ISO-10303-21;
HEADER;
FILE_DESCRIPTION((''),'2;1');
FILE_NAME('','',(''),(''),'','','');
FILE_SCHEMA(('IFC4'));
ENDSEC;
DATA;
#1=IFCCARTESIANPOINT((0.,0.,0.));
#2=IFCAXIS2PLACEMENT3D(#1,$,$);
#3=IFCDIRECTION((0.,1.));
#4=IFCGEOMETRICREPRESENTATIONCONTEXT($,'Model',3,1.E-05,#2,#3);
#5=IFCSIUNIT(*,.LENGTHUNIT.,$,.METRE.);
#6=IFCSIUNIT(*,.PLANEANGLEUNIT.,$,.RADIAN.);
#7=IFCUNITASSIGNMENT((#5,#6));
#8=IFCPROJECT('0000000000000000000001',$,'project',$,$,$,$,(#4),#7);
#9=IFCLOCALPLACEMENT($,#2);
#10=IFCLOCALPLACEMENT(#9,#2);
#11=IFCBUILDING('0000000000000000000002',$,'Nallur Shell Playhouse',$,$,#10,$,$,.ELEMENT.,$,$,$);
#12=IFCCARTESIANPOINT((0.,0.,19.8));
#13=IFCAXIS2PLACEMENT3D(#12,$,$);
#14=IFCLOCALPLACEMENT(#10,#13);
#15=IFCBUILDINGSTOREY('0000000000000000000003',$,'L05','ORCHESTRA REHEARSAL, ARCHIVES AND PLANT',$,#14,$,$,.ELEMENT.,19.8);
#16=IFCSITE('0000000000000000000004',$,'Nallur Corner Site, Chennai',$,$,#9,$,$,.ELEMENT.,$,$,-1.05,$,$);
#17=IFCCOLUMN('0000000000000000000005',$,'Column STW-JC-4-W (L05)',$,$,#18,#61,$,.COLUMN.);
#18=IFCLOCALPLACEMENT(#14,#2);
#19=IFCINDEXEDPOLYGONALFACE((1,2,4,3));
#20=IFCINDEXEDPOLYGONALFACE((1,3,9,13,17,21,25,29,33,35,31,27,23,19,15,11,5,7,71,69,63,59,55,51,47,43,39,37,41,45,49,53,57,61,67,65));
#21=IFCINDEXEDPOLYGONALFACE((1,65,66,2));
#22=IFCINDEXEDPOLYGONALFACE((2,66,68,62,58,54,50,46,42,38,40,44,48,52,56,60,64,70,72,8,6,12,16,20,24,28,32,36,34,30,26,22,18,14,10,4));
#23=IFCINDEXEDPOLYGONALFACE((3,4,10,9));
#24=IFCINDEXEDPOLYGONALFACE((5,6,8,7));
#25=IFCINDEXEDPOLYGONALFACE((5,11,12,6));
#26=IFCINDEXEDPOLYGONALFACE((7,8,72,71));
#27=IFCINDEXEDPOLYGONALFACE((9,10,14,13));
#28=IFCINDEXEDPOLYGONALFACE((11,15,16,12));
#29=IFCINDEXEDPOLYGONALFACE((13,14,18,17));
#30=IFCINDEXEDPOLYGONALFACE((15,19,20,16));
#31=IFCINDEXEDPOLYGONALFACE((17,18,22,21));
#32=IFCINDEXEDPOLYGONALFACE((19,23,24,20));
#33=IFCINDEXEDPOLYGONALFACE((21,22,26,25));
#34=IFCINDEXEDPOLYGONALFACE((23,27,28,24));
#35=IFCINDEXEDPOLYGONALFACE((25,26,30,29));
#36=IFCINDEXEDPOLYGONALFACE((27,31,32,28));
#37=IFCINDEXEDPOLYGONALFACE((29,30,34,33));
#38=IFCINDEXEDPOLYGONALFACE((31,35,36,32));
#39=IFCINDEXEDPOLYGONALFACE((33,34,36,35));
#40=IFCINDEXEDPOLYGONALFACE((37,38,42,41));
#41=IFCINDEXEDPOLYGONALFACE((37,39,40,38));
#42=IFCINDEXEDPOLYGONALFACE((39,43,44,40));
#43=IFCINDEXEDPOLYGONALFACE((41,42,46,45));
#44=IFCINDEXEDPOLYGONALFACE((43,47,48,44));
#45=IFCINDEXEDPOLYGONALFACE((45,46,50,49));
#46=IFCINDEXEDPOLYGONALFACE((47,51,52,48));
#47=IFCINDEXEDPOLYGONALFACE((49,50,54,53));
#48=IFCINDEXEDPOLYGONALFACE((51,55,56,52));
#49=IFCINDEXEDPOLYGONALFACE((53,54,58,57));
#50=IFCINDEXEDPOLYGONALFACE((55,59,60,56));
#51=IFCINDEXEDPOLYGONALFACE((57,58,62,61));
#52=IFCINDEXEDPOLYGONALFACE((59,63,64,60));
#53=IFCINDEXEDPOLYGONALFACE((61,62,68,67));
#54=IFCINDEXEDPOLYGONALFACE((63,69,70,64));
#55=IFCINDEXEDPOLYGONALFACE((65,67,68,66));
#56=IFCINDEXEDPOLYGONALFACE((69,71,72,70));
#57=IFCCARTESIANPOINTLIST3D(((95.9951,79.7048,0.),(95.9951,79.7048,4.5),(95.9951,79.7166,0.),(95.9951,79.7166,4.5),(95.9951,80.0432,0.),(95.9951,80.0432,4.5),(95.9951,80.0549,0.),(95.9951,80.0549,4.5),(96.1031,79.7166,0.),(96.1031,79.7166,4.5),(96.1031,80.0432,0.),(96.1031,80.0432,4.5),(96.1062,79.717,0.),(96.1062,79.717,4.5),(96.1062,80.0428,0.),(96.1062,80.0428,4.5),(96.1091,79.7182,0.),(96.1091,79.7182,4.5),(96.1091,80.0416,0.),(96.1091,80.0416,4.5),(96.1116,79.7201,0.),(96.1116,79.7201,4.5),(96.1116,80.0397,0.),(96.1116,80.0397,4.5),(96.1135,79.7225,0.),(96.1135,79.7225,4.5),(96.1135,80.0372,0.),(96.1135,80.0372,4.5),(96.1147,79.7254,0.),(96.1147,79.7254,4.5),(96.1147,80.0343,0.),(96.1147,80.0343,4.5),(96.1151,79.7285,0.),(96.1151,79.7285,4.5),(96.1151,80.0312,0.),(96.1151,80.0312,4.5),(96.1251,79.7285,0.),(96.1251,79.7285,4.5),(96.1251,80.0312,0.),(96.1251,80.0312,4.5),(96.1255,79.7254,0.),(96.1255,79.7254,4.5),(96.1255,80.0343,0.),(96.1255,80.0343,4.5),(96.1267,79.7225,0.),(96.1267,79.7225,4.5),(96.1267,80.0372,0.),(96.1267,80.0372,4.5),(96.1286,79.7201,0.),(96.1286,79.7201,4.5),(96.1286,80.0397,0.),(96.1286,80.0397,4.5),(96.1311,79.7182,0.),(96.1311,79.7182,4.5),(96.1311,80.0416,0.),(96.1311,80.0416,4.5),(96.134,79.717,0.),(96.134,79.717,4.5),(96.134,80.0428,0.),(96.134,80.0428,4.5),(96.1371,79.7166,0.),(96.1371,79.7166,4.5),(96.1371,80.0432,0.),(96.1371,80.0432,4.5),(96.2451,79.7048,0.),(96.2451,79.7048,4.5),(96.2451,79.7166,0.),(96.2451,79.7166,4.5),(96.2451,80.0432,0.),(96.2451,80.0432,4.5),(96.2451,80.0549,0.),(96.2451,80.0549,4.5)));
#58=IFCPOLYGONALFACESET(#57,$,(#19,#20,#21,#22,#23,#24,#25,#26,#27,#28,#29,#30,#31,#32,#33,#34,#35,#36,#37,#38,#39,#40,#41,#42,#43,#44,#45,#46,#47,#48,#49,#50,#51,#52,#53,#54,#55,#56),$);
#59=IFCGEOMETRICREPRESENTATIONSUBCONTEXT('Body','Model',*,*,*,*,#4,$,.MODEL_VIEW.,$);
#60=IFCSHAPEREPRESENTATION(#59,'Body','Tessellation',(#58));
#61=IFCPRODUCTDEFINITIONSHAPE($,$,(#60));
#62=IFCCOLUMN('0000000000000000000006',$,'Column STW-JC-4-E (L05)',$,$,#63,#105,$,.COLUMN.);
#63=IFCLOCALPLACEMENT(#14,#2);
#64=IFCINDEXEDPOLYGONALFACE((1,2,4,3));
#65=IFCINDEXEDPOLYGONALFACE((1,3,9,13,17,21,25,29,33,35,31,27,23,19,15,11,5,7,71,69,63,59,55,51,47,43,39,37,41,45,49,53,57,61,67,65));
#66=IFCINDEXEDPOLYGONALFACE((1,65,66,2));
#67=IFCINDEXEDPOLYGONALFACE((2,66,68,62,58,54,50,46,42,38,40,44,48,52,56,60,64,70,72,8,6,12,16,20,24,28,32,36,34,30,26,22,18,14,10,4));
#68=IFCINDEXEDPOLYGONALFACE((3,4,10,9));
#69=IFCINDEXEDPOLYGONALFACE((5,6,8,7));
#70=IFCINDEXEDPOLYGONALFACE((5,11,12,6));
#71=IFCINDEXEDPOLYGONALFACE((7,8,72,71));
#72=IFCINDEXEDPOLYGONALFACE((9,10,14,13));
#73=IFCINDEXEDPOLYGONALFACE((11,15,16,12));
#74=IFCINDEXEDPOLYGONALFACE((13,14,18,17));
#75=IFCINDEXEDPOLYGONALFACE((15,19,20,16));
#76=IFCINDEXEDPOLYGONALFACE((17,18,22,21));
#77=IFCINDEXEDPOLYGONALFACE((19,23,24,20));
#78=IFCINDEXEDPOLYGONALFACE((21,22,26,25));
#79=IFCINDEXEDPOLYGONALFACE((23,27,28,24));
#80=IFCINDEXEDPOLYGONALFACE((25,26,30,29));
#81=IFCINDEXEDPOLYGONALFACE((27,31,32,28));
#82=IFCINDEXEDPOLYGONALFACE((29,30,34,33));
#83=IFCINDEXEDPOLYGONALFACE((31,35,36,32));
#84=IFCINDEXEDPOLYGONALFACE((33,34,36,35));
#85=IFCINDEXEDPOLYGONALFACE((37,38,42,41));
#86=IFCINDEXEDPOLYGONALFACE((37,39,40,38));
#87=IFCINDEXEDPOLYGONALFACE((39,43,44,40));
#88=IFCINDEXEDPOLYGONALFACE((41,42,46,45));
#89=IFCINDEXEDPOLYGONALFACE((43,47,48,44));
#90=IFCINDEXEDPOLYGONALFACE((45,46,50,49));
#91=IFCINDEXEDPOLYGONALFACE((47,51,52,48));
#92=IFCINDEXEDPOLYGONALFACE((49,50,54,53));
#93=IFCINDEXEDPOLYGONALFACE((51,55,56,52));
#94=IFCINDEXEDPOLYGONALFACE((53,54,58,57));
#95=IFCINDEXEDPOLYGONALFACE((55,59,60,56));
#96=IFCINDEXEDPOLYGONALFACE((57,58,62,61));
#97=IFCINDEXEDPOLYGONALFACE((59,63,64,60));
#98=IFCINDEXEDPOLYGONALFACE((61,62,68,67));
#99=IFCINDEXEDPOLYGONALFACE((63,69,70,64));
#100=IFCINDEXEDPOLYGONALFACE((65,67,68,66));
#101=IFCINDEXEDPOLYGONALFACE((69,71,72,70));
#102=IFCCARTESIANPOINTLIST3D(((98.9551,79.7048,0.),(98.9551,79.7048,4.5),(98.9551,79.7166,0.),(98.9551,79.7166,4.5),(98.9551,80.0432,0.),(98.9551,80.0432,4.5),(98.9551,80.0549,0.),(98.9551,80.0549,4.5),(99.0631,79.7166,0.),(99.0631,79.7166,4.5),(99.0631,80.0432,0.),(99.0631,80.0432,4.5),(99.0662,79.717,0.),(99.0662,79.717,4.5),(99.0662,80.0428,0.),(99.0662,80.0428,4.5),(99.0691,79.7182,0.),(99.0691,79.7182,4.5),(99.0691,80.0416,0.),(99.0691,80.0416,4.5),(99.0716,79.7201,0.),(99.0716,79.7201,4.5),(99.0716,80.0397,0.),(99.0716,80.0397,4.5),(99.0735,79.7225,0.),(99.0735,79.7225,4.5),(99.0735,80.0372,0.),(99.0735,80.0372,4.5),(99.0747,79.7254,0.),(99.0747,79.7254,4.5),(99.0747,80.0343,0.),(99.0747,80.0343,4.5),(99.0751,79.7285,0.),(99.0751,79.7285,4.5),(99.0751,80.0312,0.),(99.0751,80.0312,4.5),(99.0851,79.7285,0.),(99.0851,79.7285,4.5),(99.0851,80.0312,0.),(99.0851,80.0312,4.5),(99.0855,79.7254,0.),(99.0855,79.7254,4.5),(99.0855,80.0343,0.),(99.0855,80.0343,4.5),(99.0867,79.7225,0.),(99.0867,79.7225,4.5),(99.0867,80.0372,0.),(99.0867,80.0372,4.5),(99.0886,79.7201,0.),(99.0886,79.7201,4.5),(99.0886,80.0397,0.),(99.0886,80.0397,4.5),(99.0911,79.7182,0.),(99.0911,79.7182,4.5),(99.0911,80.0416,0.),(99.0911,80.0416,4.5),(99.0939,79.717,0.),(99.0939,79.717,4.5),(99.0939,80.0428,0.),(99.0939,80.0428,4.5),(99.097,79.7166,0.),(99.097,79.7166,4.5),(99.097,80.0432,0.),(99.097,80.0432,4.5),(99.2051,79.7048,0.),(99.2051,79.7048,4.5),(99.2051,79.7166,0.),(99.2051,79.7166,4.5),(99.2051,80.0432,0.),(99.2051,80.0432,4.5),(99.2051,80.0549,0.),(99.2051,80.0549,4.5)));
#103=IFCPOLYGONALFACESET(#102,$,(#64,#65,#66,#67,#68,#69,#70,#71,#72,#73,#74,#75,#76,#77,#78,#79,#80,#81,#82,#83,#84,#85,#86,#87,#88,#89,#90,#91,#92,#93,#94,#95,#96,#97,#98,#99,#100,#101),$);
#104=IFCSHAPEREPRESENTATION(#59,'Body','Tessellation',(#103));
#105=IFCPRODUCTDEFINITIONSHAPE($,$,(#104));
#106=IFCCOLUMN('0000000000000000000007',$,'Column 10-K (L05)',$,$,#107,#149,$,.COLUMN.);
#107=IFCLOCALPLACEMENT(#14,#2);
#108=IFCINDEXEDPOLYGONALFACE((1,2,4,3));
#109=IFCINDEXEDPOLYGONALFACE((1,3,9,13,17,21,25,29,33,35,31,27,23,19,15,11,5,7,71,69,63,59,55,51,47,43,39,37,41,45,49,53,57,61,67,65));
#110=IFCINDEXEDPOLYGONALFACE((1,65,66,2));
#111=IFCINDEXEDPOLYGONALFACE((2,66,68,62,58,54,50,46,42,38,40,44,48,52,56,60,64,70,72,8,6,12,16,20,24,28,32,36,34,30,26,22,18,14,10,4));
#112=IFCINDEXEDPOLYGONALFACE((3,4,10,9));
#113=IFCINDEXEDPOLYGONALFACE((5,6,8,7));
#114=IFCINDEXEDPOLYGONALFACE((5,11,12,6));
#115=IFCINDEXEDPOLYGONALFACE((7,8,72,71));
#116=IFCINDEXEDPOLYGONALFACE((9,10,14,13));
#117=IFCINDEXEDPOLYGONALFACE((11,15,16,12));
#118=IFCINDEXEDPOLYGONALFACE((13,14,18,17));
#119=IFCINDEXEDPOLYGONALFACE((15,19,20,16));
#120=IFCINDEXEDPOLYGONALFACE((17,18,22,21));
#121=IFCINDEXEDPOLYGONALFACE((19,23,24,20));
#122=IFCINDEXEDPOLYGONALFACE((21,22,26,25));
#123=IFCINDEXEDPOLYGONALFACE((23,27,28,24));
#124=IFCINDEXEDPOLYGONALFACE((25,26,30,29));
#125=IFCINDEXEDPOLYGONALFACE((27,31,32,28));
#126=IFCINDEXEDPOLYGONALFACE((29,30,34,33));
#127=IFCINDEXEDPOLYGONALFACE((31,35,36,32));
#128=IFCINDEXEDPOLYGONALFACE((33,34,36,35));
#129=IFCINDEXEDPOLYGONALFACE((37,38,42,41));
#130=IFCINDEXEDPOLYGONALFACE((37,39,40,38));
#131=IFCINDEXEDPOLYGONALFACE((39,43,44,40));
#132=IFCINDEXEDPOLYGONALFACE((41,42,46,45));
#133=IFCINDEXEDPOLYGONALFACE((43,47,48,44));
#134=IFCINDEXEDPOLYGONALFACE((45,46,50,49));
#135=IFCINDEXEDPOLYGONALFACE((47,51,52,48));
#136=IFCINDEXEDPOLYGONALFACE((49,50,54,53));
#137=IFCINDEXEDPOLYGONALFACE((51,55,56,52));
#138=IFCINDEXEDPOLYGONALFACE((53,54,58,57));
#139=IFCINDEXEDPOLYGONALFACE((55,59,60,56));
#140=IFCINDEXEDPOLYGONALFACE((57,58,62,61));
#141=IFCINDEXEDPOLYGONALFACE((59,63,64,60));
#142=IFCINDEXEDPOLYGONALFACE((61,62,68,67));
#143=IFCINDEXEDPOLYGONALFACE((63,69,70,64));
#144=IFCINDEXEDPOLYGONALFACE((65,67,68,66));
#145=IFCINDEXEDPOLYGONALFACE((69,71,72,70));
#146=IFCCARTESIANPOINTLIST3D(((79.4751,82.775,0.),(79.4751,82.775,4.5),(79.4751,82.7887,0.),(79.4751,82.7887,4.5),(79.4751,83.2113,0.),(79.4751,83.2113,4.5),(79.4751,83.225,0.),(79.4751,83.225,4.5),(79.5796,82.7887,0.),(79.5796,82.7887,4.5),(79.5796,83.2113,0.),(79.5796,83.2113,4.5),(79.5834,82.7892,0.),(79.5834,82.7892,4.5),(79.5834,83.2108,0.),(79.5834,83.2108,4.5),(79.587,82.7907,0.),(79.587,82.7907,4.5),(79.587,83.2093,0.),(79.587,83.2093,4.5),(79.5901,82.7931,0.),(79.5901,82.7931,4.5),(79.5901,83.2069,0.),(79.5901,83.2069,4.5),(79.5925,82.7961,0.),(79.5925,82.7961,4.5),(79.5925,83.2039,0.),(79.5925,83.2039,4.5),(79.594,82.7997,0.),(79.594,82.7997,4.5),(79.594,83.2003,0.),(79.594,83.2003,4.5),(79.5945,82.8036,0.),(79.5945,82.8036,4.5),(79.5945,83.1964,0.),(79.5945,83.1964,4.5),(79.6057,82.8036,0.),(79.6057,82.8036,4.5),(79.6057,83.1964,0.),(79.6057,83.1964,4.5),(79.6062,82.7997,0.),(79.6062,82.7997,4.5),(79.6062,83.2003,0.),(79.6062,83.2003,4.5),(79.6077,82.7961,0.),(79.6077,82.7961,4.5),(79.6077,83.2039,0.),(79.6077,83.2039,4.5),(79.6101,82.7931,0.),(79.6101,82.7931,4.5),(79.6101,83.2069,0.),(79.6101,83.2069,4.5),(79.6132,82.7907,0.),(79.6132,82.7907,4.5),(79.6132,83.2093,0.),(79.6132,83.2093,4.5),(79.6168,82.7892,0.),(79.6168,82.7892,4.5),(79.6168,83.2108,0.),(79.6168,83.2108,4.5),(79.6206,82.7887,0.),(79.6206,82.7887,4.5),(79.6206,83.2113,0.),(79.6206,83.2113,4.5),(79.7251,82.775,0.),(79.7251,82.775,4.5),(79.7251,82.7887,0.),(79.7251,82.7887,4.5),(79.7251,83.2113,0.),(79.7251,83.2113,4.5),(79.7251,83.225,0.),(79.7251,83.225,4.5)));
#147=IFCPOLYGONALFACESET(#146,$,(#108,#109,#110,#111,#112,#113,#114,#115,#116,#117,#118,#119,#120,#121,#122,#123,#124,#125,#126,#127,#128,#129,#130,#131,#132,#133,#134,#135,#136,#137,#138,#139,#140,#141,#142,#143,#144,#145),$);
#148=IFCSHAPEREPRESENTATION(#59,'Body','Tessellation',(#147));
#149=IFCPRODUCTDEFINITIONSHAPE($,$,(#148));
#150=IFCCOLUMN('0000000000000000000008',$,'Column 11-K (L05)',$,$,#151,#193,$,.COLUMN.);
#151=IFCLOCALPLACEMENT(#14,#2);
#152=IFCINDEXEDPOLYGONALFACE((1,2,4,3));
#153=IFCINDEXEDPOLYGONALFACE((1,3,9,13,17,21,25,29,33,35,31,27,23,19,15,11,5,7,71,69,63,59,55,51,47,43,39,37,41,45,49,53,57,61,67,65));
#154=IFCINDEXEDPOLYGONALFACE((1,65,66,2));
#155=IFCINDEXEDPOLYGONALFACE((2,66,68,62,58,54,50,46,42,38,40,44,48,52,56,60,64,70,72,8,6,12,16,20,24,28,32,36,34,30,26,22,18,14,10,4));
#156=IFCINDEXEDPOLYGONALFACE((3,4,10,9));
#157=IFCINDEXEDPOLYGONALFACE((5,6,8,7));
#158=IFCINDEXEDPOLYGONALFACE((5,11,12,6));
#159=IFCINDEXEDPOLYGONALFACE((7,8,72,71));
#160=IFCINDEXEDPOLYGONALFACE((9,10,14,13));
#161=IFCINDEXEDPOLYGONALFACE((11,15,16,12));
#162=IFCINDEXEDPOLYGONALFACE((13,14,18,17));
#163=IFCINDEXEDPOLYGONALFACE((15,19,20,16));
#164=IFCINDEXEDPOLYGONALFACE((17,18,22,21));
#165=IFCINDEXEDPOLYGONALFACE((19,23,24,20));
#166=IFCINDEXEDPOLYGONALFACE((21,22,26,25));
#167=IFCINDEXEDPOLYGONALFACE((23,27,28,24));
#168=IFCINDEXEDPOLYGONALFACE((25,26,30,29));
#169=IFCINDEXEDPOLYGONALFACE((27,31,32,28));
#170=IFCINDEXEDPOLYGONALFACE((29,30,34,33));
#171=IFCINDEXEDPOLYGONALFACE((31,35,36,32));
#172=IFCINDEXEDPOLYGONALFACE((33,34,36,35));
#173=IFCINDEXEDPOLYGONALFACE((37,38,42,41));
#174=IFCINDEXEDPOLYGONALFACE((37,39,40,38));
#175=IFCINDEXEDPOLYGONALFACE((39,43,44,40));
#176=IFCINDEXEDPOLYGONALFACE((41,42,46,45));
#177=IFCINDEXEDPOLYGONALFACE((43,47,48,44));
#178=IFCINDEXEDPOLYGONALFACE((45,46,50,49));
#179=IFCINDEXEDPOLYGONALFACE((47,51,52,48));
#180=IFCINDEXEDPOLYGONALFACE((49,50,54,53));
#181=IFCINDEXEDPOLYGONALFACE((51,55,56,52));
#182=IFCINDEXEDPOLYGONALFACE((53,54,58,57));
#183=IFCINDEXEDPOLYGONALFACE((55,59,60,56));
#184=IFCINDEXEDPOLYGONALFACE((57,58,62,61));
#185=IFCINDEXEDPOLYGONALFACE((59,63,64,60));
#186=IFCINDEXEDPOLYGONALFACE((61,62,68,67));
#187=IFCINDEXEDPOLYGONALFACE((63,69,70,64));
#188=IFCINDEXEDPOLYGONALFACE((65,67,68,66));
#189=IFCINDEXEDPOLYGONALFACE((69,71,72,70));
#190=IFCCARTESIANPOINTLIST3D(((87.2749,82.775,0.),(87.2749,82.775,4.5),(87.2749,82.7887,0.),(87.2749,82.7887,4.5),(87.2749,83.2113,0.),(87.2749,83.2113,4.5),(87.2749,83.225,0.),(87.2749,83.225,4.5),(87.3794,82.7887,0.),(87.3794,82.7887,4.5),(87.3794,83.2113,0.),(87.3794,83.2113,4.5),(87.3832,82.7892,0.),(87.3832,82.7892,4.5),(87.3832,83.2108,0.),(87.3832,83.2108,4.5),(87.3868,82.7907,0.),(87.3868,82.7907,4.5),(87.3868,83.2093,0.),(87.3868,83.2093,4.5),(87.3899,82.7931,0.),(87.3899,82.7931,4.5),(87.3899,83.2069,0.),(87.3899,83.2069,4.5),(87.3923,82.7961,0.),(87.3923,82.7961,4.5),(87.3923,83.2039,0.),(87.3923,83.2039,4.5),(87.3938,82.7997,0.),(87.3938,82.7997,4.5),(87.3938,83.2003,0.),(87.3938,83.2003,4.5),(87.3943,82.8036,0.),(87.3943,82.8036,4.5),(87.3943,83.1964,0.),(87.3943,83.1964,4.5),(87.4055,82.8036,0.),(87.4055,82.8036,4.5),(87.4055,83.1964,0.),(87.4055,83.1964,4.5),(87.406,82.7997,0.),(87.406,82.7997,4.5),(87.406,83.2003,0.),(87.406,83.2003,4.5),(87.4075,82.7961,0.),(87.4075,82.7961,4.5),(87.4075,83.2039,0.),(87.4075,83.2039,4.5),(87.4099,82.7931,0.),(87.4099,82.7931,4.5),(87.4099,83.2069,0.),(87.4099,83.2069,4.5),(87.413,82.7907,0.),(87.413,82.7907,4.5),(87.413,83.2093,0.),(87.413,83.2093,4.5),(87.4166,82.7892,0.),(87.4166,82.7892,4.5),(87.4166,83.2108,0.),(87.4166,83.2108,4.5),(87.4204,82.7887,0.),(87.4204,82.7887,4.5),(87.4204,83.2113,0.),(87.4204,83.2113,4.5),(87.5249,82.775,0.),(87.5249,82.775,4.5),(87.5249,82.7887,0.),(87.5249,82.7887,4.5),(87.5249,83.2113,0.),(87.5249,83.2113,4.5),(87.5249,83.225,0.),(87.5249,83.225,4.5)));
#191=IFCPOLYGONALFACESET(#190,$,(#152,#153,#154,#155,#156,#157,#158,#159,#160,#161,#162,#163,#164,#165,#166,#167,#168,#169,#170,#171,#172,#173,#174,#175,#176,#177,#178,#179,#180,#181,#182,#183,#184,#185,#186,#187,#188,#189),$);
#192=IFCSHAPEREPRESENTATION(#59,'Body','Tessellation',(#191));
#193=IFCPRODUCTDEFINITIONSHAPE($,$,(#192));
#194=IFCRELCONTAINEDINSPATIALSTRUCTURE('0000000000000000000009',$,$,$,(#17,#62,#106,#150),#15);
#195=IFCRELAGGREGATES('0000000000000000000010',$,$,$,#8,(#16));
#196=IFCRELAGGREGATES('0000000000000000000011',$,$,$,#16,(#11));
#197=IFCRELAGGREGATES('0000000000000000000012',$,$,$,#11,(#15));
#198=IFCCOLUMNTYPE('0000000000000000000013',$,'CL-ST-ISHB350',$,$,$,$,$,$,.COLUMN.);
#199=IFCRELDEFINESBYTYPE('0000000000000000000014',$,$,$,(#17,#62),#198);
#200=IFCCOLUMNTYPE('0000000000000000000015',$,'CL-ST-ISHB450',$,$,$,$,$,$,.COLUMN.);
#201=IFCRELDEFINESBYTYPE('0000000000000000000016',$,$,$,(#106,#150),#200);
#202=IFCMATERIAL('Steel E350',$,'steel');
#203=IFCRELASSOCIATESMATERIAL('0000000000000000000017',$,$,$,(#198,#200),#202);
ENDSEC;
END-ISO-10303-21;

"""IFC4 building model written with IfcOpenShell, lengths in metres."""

from ifc_helpers import new_model, si_unit, direction, frame, origin, origin_2d, place, context, subcontext, project, spatial, i_section, extrude, material, material_profile, profile_set, type_object, element, save


model = new_model("IFC4")

# Units and contexts
model_context = context("Model", 3, precision=1e-05, world=origin(), true_north=direction((0.0, 1.0)))
body_context = subcontext(model_context, "Body", "Model", "MODEL_VIEW")
ifc_project = project(units=[si_unit("LENGTHUNIT", "METRE"), si_unit("PLANEANGLEUNIT", "RADIAN")], contexts=[model_context])

# Site, building, storey
site_placement = place(None, origin())
site = spatial("IfcSite", under=ifc_project, at=site_placement, Name="Nallur Corner Site, Chennai", CompositionType="ELEMENT", RefElevation=-1.05)
building_placement = place(site_placement, origin())
building = spatial("IfcBuilding", under=site, at=building_placement, Name="Nallur Shell Playhouse", CompositionType="ELEMENT")
storey_placement = place(building_placement, frame((0.0, 0.0, 19.8)))
storey = spatial("IfcBuildingStorey", under=building, at=storey_placement, Name="L05", Description="ORCHESTRA REHEARSAL, ARCHIVES AND PLANT", CompositionType="ELEMENT", Elevation=19.8)

# Columns
ifc_material_1 = material(Name="Steel E350", Category="steel")
ifc_material_profile_1 = material_profile(ifc_material_1, i_section(OverallWidth=0.25, OverallDepth=0.3501, WebThickness=0.01, FlangeThickness=0.0117, FilletRadius=0.012, at=origin_2d()), Name="ISHB 350")
ifc_profile_set_1 = profile_set([ifc_material_profile_1], Name="Steel E350")
column_type_1 = type_object("IfcColumnType", Name="CL-ST-ISHB350", PredefinedType="COLUMN", material=ifc_profile_set_1)
for number, where, z_axis, x_axis, name in (
    (1, (96.1201, 79.8799, 0.0), (0.0, 0.0, 1.0), (1.0, 0.0, 0.0), "Column STW-JC-4-W (L05)"),
    (2, (99.0801, 79.8799, 0.0), (0.0, 0.0, 1.0), (1.0, 0.0, 0.0), "Column STW-JC-4-E (L05)"),
):
    element("IfcColumn", number, at=place(storey_placement, frame(where, z_axis=z_axis, x_axis=x_axis)), inside=storey, type_object=column_type_1, Name=name, PredefinedType="COLUMN", context=body_context, shape_type="SweptSolid", body=[
        extrude(i_section(OverallWidth=0.25, OverallDepth=0.3501, WebThickness=0.01, FlangeThickness=0.0117, FilletRadius=0.012, at=origin_2d()), origin(), (0.0, 0.0, 1.0), 4.5),
    ])
ifc_material_profile_2 = material_profile(ifc_material_1, i_section(OverallWidth=0.25, OverallDepth=0.45, WebThickness=0.0112, FlangeThickness=0.0137, FilletRadius=0.0149, at=origin_2d()), Name="ISHB 450")
ifc_profile_set_2 = profile_set([ifc_material_profile_2], Name="Steel E350")
column_type_2 = type_object("IfcColumnType", Name="CL-ST-ISHB450", PredefinedType="COLUMN", material=ifc_profile_set_2)
for number, where, z_axis, x_axis, name in (
    (3, (79.6001, 83.0, 0.0), (0.0, 0.0, 1.0), (1.0, 0.0, 0.0), "Column 10-K (L05)"),
    (4, (87.3999, 83.0, 0.0), (0.0, 0.0, 1.0), (1.0, 0.0, 0.0), "Column 11-K (L05)"),
):
    element("IfcColumn", number, at=place(storey_placement, frame(where, z_axis=z_axis, x_axis=x_axis)), inside=storey, type_object=column_type_2, Name=name, PredefinedType="COLUMN", context=body_context, shape_type="SweptSolid", body=[
        extrude(i_section(OverallWidth=0.25, OverallDepth=0.45, WebThickness=0.0112, FlangeThickness=0.0137, FilletRadius=0.0149, at=origin_2d()), origin(), (0.0, 0.0, 1.0), 4.5),
    ])

save(model, "model.ifc")
